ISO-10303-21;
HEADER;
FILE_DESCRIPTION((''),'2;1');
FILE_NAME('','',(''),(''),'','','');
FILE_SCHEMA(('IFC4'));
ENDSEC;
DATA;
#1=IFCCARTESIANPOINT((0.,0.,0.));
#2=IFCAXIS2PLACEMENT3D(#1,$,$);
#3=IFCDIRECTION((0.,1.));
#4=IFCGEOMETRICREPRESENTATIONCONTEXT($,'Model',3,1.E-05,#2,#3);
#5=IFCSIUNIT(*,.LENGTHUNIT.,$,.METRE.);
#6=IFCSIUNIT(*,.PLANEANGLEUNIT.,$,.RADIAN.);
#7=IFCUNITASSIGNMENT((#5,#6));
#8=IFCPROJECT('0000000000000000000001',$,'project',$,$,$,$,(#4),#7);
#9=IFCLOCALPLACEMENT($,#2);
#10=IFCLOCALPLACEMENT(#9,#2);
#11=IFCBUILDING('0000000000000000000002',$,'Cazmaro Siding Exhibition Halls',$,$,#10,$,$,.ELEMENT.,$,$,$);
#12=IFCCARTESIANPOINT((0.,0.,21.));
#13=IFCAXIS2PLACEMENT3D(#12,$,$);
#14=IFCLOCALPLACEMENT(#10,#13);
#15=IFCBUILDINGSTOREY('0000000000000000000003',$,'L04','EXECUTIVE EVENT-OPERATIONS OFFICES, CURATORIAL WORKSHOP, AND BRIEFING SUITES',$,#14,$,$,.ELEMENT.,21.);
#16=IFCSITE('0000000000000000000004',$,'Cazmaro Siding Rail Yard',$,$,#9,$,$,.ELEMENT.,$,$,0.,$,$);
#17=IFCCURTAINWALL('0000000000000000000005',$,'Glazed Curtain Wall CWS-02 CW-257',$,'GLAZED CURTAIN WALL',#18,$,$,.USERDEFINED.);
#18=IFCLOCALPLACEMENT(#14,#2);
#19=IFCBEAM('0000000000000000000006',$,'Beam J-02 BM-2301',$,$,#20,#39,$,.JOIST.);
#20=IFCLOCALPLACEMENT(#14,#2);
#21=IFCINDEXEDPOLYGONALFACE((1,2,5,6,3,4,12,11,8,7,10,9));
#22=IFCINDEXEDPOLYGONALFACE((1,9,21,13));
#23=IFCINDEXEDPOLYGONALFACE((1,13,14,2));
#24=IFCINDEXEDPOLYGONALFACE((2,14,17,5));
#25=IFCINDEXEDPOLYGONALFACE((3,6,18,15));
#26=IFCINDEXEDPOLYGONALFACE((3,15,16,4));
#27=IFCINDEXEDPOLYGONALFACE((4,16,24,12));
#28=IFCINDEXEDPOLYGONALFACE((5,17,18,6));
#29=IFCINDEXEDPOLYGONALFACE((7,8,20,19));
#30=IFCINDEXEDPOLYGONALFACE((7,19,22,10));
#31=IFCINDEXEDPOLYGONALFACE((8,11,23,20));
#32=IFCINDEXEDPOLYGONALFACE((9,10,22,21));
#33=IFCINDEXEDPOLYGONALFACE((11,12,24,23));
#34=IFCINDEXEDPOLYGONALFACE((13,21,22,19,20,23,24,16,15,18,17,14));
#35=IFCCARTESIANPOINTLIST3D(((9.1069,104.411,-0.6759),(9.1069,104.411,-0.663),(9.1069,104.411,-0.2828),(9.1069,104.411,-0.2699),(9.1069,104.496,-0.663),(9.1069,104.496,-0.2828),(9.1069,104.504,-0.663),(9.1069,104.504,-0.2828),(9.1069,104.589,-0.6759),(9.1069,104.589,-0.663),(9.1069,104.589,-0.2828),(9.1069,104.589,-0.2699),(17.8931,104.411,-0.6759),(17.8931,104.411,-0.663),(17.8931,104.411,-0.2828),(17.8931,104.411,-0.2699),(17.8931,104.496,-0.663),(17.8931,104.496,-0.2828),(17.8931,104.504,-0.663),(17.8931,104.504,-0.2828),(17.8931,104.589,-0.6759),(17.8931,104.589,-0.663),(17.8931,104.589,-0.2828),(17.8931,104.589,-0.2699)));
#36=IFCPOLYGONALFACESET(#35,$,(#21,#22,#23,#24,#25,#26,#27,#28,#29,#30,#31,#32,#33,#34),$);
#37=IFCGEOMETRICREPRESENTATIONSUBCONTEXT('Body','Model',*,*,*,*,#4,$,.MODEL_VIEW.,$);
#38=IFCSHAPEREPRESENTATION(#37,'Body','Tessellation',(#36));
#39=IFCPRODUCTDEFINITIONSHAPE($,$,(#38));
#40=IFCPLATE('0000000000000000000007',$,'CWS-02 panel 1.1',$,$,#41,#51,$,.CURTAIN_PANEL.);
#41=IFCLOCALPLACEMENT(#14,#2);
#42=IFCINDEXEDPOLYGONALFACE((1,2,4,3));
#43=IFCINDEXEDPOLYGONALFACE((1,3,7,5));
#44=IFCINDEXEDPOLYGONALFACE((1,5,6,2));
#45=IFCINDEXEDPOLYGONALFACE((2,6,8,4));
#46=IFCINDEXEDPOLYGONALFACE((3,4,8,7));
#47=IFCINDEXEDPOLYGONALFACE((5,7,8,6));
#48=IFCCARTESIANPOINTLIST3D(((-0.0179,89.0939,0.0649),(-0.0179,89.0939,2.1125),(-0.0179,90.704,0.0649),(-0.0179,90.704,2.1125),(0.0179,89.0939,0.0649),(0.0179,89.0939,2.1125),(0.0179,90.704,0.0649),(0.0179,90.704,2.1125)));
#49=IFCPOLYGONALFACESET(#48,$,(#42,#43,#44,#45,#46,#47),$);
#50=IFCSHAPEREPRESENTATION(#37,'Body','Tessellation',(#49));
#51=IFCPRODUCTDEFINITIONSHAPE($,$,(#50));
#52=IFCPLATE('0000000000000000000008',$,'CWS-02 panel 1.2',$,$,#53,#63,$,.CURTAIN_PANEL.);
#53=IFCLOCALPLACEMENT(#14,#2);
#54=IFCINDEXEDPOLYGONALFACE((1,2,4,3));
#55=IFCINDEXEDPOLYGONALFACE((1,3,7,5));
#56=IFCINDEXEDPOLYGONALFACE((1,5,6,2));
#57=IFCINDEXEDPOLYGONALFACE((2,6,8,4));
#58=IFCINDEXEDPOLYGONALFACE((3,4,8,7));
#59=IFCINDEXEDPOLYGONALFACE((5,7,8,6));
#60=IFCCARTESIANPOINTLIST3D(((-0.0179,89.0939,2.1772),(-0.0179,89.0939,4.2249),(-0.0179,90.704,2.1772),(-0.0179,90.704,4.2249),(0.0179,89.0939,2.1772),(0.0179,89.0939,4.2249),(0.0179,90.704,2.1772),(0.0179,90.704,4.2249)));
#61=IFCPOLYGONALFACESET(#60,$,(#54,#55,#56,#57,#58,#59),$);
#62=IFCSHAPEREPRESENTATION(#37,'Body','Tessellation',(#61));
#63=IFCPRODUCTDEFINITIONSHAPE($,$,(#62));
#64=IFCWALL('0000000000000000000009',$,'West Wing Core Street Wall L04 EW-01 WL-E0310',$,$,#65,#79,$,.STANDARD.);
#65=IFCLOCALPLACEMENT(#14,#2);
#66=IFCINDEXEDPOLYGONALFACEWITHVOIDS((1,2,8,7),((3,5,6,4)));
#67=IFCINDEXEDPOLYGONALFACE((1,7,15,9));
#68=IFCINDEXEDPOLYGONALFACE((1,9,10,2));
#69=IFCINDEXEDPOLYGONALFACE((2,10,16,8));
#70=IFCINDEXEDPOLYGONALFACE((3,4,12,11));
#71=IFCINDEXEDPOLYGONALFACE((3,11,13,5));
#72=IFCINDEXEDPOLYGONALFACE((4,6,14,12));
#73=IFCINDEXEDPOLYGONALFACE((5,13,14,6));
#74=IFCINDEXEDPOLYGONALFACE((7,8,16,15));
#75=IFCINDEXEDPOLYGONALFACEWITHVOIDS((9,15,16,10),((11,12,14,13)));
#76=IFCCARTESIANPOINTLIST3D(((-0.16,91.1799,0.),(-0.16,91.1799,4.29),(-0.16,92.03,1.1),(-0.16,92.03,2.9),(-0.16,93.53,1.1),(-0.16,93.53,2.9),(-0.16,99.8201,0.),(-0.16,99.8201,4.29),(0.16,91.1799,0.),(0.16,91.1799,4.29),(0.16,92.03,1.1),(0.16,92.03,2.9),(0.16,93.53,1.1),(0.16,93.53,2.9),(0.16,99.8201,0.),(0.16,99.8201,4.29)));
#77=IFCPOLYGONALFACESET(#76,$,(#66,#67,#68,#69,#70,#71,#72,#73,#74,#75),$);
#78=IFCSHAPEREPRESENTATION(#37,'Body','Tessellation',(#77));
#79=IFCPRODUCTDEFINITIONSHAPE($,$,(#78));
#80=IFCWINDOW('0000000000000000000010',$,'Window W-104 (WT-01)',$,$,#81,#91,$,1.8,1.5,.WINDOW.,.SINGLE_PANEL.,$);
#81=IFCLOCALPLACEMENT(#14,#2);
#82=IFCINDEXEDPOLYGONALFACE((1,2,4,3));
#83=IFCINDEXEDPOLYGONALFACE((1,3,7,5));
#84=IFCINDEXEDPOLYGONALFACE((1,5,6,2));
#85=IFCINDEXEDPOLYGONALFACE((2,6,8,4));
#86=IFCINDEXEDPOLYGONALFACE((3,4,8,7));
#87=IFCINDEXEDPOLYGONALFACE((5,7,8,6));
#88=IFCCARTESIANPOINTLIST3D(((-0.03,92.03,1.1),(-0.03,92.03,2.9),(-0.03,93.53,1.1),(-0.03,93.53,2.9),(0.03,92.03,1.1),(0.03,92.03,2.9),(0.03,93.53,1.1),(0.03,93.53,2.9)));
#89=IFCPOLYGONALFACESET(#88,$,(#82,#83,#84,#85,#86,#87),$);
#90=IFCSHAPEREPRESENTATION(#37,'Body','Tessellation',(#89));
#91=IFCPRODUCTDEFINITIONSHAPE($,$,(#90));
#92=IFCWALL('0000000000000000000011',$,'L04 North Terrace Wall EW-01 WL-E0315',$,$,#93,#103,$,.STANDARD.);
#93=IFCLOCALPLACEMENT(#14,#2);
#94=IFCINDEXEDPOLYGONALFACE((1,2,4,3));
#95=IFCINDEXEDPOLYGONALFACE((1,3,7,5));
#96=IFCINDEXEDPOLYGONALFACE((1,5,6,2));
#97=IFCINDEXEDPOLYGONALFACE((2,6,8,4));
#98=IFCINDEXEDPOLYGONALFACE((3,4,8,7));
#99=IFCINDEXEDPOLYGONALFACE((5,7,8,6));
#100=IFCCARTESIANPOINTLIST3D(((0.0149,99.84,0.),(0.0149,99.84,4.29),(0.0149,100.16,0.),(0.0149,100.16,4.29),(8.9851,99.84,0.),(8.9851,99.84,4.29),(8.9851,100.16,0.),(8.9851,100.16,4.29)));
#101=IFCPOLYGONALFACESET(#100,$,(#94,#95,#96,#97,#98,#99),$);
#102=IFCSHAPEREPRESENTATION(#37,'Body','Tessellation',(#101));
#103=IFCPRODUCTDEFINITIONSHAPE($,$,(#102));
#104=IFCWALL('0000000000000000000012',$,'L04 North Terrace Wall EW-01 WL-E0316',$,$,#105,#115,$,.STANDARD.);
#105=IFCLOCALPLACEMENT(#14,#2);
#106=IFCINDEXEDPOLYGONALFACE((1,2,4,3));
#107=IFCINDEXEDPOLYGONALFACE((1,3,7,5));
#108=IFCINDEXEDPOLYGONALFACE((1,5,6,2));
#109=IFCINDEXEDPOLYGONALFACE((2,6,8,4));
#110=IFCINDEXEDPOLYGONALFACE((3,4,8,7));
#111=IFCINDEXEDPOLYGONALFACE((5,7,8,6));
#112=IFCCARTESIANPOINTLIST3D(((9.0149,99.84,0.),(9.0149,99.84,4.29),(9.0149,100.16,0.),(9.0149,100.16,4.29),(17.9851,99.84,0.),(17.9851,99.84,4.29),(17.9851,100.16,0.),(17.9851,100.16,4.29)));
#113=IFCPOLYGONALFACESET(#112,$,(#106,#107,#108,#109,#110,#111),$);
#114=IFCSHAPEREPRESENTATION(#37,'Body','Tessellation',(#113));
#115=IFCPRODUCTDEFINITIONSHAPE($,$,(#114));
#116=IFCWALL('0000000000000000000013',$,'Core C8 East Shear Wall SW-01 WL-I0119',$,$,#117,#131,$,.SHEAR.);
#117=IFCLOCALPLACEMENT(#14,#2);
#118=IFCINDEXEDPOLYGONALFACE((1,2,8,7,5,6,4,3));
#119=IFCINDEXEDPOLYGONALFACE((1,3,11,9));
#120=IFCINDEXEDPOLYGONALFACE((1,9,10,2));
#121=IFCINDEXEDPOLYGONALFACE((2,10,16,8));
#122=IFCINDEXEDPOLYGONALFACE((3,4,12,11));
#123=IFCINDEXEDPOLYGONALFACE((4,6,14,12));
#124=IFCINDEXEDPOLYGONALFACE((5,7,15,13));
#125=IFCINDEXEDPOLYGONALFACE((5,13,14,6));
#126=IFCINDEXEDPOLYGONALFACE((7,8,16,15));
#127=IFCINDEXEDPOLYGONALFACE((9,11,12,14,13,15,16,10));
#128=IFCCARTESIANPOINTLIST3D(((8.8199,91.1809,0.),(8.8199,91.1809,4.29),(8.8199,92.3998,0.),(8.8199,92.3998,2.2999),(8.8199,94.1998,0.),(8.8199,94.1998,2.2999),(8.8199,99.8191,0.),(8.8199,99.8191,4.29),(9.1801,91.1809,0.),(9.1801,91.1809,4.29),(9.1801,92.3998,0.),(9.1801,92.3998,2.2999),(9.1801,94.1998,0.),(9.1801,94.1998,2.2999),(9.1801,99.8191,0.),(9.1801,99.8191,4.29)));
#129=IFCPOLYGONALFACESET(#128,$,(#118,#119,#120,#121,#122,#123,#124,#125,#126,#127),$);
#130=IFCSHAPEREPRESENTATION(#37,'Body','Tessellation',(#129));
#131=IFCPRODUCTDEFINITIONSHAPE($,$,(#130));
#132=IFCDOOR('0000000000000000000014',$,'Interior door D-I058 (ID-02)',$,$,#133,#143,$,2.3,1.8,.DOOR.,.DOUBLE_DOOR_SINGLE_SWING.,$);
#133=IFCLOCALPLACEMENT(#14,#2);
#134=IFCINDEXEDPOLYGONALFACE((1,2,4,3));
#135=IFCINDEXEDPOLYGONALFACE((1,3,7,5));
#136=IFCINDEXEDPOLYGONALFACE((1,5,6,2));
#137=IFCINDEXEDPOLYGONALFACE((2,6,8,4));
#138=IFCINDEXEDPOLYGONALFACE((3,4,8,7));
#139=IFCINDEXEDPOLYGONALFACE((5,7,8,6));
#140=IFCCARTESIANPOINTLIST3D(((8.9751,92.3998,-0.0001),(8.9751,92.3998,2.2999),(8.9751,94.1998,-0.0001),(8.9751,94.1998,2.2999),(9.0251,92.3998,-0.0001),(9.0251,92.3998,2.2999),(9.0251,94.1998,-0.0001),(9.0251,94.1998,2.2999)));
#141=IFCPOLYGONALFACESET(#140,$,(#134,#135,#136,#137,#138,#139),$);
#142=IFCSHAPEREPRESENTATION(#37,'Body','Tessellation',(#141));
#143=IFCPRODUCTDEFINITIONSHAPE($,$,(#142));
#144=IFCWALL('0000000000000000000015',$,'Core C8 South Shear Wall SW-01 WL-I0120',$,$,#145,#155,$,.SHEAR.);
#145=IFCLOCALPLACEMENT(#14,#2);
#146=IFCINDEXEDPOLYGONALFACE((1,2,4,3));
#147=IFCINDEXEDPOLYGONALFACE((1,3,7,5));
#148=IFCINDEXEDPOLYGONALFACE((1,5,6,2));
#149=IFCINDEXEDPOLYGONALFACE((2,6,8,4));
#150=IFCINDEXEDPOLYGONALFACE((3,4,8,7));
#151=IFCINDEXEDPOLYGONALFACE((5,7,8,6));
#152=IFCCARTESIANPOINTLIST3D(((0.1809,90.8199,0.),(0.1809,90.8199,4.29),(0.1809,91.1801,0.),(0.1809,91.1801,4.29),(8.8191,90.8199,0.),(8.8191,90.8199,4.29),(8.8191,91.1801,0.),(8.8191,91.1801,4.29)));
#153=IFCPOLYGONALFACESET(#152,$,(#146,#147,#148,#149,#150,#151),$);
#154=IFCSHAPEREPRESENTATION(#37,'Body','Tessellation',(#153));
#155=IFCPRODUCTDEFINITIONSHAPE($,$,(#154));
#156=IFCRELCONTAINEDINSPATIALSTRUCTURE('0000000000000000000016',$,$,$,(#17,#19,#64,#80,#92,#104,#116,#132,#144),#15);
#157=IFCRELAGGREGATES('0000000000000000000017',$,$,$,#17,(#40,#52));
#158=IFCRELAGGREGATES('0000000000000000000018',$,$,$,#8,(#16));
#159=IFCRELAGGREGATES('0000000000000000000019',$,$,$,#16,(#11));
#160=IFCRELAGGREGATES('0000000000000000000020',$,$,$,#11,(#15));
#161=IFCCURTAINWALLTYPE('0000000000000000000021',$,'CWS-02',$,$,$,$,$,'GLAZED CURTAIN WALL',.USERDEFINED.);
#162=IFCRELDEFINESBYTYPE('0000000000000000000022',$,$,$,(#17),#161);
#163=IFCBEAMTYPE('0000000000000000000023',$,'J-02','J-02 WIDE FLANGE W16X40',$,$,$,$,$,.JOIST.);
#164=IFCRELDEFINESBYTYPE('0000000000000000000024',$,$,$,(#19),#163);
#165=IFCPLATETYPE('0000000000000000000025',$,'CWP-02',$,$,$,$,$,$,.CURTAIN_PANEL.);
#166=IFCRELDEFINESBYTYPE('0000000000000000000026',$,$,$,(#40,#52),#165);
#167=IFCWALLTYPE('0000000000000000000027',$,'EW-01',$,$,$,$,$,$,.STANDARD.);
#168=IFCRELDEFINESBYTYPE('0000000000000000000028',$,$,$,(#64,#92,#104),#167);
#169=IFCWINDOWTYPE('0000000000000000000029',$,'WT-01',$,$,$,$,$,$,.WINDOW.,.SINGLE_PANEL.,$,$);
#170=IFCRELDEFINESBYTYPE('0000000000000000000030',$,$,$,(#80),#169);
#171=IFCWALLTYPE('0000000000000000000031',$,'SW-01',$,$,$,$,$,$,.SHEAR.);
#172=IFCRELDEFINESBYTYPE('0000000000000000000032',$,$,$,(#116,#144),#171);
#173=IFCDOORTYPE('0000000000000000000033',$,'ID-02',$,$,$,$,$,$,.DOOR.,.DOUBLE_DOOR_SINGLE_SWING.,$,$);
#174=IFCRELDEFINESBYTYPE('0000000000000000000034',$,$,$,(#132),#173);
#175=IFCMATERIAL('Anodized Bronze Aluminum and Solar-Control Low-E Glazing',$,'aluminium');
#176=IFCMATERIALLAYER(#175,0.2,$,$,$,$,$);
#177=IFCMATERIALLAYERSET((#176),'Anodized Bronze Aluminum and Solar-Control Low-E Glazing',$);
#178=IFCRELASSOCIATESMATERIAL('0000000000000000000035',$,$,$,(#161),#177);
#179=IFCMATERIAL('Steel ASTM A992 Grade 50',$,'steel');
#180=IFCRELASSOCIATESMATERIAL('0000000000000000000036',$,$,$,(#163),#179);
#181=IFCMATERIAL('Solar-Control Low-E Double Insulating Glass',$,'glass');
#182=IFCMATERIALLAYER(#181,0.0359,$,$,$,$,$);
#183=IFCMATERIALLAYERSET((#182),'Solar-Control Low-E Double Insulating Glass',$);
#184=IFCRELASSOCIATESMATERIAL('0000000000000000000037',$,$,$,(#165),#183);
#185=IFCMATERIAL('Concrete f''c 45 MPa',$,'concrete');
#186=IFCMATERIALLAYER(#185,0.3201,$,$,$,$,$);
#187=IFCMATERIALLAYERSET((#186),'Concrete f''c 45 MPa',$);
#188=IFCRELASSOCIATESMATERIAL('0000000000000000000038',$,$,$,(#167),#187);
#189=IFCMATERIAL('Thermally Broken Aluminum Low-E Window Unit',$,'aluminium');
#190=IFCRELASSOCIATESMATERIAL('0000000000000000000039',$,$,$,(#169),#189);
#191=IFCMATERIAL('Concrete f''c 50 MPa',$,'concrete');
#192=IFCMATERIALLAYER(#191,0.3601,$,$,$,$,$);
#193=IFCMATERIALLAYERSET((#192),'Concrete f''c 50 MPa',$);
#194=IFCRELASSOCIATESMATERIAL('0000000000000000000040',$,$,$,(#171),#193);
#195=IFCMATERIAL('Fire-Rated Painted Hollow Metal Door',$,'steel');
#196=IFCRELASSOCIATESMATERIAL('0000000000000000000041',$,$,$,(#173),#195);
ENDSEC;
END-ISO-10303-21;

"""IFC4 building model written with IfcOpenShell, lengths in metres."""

from ifc_helpers import new_model, si_unit, direction, frame, frame_2d, origin, origin_2d, place, context, subcontext, project, spatial, rectangle, i_section, extrude, material, layer, layer_set, material_profile, profile_set, type_object, element, fill, aggregate, save


model = new_model("IFC4")

# Units and contexts
model_context = context("Model", 3, precision=1e-05, world=origin(), true_north=direction((0.0, 1.0)))
body_context = subcontext(model_context, "Body", "Model", "MODEL_VIEW")
ifc_project = project(units=[si_unit("LENGTHUNIT", "METRE"), si_unit("PLANEANGLEUNIT", "RADIAN")], contexts=[model_context])

# Site, building, storey
site_placement = place(None, origin())
site = spatial("IfcSite", under=ifc_project, at=site_placement, Name="Cazmaro Siding Rail Yard", CompositionType="ELEMENT", RefElevation=0.0)
building_placement = place(site_placement, origin())
building = spatial("IfcBuilding", under=site, at=building_placement, Name="Cazmaro Siding Exhibition Halls", CompositionType="ELEMENT")
storey_placement = place(building_placement, frame((0.0, 0.0, 21.0)))
storey = spatial("IfcBuildingStorey", under=building, at=storey_placement, Name="L04", Description="EXECUTIVE EVENT-OPERATIONS OFFICES, CURATORIAL WORKSHOP, AND BRIEFING SUITES", CompositionType="ELEMENT", Elevation=21.0)

# Curtain wall
ifc_material_1 = material(Name="Anodized Bronze Aluminum and Solar-Control Low-E Glazing", Category="aluminium")
ifc_layer_1 = layer(ifc_material_1, 0.2)
ifc_layer_set_1 = layer_set([ifc_layer_1], Name="Anodized Bronze Aluminum and Solar-Control Low-E Glazing")
curtain_wall_type = type_object("IfcCurtainWallType", Name="CWS-02", ElementType="GLAZED CURTAIN WALL", PredefinedType="USERDEFINED", material=ifc_layer_set_1)
curtain_wall_placement = place(storey_placement, origin())
curtain_wall = element("IfcCurtainWall", 1, at=curtain_wall_placement, inside=storey, type_object=curtain_wall_type, Name="Glazed Curtain Wall CWS-02 CW-257", ObjectType="GLAZED CURTAIN WALL", PredefinedType="USERDEFINED")

# Beam
ifc_material_2 = material(Name="Steel ASTM A992 Grade 50", Category="steel")
ifc_material_profile_1 = material_profile(ifc_material_2, i_section(OverallWidth=0.178, OverallDepth=0.406, WebThickness=0.0081, FlangeThickness=0.0129, at=origin_2d()), Name="W16X40")
ifc_profile_set_1 = profile_set([ifc_material_profile_1], Name="Steel ASTM A992 Grade 50")
beam_type_1 = type_object("IfcBeamType", Name="J-02", Description="J-02 WIDE FLANGE W16X40", PredefinedType="JOIST", material=ifc_profile_set_1)
for number, where, z_axis, x_axis, name in (
    (2, (9.1069, 104.5, -0.4729), (1.0, 0.0, 0.0), (0.0, 1.0, 0.0), "Beam J-02 BM-2301"),
):
    element("IfcBeam", number, at=place(storey_placement, frame(where, z_axis=z_axis, x_axis=x_axis)), inside=storey, type_object=beam_type_1, Name=name, PredefinedType="JOIST", context=body_context, shape_type="SweptSolid", body=[
        extrude(i_section(OverallWidth=0.178, OverallDepth=0.406, WebThickness=0.0081, FlangeThickness=0.0129, at=origin_2d()), origin(), (0.0, 0.0, 1.0), 8.7861),
    ])

# Plates
ifc_material_3 = material(Name="Solar-Control Low-E Double Insulating Glass", Category="glass")
ifc_layer_2 = layer(ifc_material_3, 0.0359)
ifc_layer_set_2 = layer_set([ifc_layer_2], Name="Solar-Control Low-E Double Insulating Glass")
plate_type = type_object("IfcPlateType", Name="CWP-02", PredefinedType="CURTAIN_PANEL", material=ifc_layer_set_2)
plate_1_placement = place(storey_placement, frame((0.0, 89.8989, 0.0649), z_axis=(0.0, 0.0, 1.0), x_axis=(0.0, -1.0, 0.0)))
plate_1 = element("IfcPlate", 3, at=plate_1_placement, type_object=plate_type, Name="CWS-02 panel 1.1", PredefinedType="CURTAIN_PANEL", context=body_context, shape_type="SweptSolid", body=[
    extrude(rectangle(XDim=1.6101, YDim=0.0359, at=origin_2d()), origin(), (0.0, 0.0, 1.0), 2.0476),
])
plate_2_placement = place(storey_placement, frame((0.0, 89.8989, 2.1772), z_axis=(0.0, 0.0, 1.0), x_axis=(0.0, -1.0, 0.0)))
plate_2 = element("IfcPlate", 4, at=plate_2_placement, type_object=plate_type, Name="CWS-02 panel 1.2", PredefinedType="CURTAIN_PANEL", context=body_context, shape_type="SweptSolid", body=[
    extrude(rectangle(XDim=1.6101, YDim=0.0359, at=origin_2d()), origin(), (0.0, 0.0, 1.0), 2.0476),
])
aggregate(curtain_wall, [plate_1, plate_2])

# Wall, opening, window
ifc_material_4 = material(Name="Concrete f'c 45 MPa", Category="concrete")
ifc_layer_3 = layer(ifc_material_4, 0.3201)
ifc_layer_set_3 = layer_set([ifc_layer_3], Name="Concrete f'c 45 MPa")
wall_type_1 = type_object("IfcWallType", Name="EW-01", PredefinedType="STANDARD", material=ifc_layer_set_3)
wall_1_placement = place(storey_placement, frame((0.0, 91.1799, 0.0), z_axis=(0.0, 0.0, 1.0), x_axis=(0.0, 1.0, 0.0)))
wall_1 = element("IfcWall", 5, at=wall_1_placement, inside=storey, type_object=wall_type_1, Name="West Wing Core Street Wall L04 EW-01 WL-E0310", PredefinedType="STANDARD", context=body_context, shape_type="SweptSolid", body=[
    extrude(rectangle(XDim=8.6401, YDim=0.3201, at=frame_2d((4.3201, 0.0))), origin(), (0.0, 0.0, 1.0), 4.29),
])
opening_1_placement = place(wall_1_placement, frame((0.8501, 0.0, 1.1001)))
opening_1 = element("IfcOpeningElement", 6, at=opening_1_placement, cuts=wall_1, PredefinedType="OPENING", context=body_context, shape_type="SweptSolid", body=[
    extrude(rectangle(XDim=1.5, YDim=1.8, at=frame_2d((0.75, 0.8999))), frame((0.0, 0.1699, 0.0), z_axis=(0.0, -1.0, 0.0), x_axis=(1.0, 0.0, 0.0)), (0.0, 0.0, 1.0), 0.3401),
])
ifc_material_5 = material(Name="Thermally Broken Aluminum Low-E Window Unit", Category="aluminium")
window_type = type_object("IfcWindowType", Name="WT-01", PartitioningType="SINGLE_PANEL", PredefinedType="WINDOW", material=ifc_material_5)
window_placement = place(opening_1_placement, origin())
window = element("IfcWindow", 7, at=window_placement, inside=storey, type_object=window_type, Name="Window W-104 (WT-01)", OverallHeight=1.8, OverallWidth=1.5, PartitioningType="SINGLE_PANEL", PredefinedType="WINDOW", context=body_context, shape_type="SweptSolid", body=[
    extrude(rectangle(XDim=1.5, YDim=1.8, at=frame_2d((0.75, 0.8999))), frame((0.0, 0.03, 0.0), z_axis=(0.0, -1.0, 0.0), x_axis=(1.0, 0.0, 0.0)), (0.0, 0.0, 1.0), 0.0601),
])
fill(opening_1, window)

# Walls
for number, where, z_axis, x_axis, name in (
    (8, (0.0149, 100.0, 0.0), (0.0, 0.0, 1.0), (1.0, 0.0, 0.0), "L04 North Terrace Wall EW-01 WL-E0315"),
    (9, (9.0149, 100.0, 0.0), (0.0, 0.0, 1.0), (1.0, 0.0, 0.0), "L04 North Terrace Wall EW-01 WL-E0316"),
):
    element("IfcWall", number, at=place(storey_placement, frame(where, z_axis=z_axis, x_axis=x_axis)), inside=storey, type_object=wall_type_1, Name=name, PredefinedType="STANDARD", context=body_context, shape_type="SweptSolid", body=[
        extrude(rectangle(XDim=8.9702, YDim=0.3201, at=frame_2d((4.4851, 0.0))), origin(), (0.0, 0.0, 1.0), 4.29),
    ])

# Wall, opening, door
ifc_material_6 = material(Name="Concrete f'c 50 MPa", Category="concrete")
ifc_layer_4 = layer(ifc_material_6, 0.3601)
ifc_layer_set_4 = layer_set([ifc_layer_4], Name="Concrete f'c 50 MPa")
wall_type_2 = type_object("IfcWallType", Name="SW-01", PredefinedType="SHEAR", material=ifc_layer_set_4)
wall_2_placement = place(storey_placement, frame((9.0, 91.1809, 0.0), z_axis=(0.0, 0.0, 1.0), x_axis=(0.0, 1.0, 0.0)))
wall_2 = element("IfcWall", 10, at=wall_2_placement, inside=storey, type_object=wall_type_2, Name="Core C8 East Shear Wall SW-01 WL-I0119", PredefinedType="SHEAR", context=body_context, shape_type="SweptSolid", body=[
    extrude(rectangle(XDim=8.6382, YDim=0.3601, at=frame_2d((4.3191, 0.0))), origin(), (0.0, 0.0, 1.0), 4.29),
])
opening_2_placement = place(wall_2_placement, frame((1.219, 0.0, 0.0)))
opening_2 = element("IfcOpeningElement", 11, at=opening_2_placement, cuts=wall_2, PredefinedType="OPENING", context=body_context, shape_type="SweptSolid", body=[
    extrude(rectangle(XDim=1.8, YDim=2.3, at=frame_2d((0.8999, 1.1499))), frame((0.0, 0.1899, 0.0), z_axis=(0.0, -1.0, 0.0), x_axis=(1.0, 0.0, 0.0)), (0.0, 0.0, 1.0), 0.3801),
])
ifc_material_7 = material(Name="Fire-Rated Painted Hollow Metal Door", Category="steel")
door_type_1 = type_object("IfcDoorType", Name="ID-02", OperationType="DOUBLE_DOOR_SINGLE_SWING", PredefinedType="DOOR", material=ifc_material_7)
door_1_placement = place(opening_2_placement, origin())
door_1 = element("IfcDoor", 12, at=door_1_placement, inside=storey, type_object=door_type_1, Name="Interior door D-I058 (ID-02)", OperationType="DOUBLE_DOOR_SINGLE_SWING", OverallHeight=2.3, OverallWidth=1.8, PredefinedType="DOOR", context=body_context, shape_type="SweptSolid", body=[
    extrude(rectangle(XDim=1.8, YDim=2.3, at=frame_2d((0.8999, 1.1499))), frame((0.0, 0.0249, 0.0), z_axis=(0.0, -1.0, 0.0), x_axis=(1.0, 0.0, 0.0)), (0.0, 0.0, 1.0), 0.05),
])
fill(opening_2, door_1)

# Wall
wall_3_placement = place(storey_placement, frame((0.1809, 91.0, 0.0), z_axis=(0.0, 0.0, 1.0), x_axis=(1.0, 0.0, 0.0)))
element("IfcWall", 13, at=wall_3_placement, inside=storey, type_object=wall_type_2, Name="Core C8 South Shear Wall SW-01 WL-I0120", PredefinedType="SHEAR", context=body_context, shape_type="SweptSolid", body=[
    extrude(rectangle(XDim=8.6382, YDim=0.3601, at=frame_2d((4.3191, 0.0))), origin(), (0.0, 0.0, 1.0), 4.29),
])

save(model, "model.ifc")
